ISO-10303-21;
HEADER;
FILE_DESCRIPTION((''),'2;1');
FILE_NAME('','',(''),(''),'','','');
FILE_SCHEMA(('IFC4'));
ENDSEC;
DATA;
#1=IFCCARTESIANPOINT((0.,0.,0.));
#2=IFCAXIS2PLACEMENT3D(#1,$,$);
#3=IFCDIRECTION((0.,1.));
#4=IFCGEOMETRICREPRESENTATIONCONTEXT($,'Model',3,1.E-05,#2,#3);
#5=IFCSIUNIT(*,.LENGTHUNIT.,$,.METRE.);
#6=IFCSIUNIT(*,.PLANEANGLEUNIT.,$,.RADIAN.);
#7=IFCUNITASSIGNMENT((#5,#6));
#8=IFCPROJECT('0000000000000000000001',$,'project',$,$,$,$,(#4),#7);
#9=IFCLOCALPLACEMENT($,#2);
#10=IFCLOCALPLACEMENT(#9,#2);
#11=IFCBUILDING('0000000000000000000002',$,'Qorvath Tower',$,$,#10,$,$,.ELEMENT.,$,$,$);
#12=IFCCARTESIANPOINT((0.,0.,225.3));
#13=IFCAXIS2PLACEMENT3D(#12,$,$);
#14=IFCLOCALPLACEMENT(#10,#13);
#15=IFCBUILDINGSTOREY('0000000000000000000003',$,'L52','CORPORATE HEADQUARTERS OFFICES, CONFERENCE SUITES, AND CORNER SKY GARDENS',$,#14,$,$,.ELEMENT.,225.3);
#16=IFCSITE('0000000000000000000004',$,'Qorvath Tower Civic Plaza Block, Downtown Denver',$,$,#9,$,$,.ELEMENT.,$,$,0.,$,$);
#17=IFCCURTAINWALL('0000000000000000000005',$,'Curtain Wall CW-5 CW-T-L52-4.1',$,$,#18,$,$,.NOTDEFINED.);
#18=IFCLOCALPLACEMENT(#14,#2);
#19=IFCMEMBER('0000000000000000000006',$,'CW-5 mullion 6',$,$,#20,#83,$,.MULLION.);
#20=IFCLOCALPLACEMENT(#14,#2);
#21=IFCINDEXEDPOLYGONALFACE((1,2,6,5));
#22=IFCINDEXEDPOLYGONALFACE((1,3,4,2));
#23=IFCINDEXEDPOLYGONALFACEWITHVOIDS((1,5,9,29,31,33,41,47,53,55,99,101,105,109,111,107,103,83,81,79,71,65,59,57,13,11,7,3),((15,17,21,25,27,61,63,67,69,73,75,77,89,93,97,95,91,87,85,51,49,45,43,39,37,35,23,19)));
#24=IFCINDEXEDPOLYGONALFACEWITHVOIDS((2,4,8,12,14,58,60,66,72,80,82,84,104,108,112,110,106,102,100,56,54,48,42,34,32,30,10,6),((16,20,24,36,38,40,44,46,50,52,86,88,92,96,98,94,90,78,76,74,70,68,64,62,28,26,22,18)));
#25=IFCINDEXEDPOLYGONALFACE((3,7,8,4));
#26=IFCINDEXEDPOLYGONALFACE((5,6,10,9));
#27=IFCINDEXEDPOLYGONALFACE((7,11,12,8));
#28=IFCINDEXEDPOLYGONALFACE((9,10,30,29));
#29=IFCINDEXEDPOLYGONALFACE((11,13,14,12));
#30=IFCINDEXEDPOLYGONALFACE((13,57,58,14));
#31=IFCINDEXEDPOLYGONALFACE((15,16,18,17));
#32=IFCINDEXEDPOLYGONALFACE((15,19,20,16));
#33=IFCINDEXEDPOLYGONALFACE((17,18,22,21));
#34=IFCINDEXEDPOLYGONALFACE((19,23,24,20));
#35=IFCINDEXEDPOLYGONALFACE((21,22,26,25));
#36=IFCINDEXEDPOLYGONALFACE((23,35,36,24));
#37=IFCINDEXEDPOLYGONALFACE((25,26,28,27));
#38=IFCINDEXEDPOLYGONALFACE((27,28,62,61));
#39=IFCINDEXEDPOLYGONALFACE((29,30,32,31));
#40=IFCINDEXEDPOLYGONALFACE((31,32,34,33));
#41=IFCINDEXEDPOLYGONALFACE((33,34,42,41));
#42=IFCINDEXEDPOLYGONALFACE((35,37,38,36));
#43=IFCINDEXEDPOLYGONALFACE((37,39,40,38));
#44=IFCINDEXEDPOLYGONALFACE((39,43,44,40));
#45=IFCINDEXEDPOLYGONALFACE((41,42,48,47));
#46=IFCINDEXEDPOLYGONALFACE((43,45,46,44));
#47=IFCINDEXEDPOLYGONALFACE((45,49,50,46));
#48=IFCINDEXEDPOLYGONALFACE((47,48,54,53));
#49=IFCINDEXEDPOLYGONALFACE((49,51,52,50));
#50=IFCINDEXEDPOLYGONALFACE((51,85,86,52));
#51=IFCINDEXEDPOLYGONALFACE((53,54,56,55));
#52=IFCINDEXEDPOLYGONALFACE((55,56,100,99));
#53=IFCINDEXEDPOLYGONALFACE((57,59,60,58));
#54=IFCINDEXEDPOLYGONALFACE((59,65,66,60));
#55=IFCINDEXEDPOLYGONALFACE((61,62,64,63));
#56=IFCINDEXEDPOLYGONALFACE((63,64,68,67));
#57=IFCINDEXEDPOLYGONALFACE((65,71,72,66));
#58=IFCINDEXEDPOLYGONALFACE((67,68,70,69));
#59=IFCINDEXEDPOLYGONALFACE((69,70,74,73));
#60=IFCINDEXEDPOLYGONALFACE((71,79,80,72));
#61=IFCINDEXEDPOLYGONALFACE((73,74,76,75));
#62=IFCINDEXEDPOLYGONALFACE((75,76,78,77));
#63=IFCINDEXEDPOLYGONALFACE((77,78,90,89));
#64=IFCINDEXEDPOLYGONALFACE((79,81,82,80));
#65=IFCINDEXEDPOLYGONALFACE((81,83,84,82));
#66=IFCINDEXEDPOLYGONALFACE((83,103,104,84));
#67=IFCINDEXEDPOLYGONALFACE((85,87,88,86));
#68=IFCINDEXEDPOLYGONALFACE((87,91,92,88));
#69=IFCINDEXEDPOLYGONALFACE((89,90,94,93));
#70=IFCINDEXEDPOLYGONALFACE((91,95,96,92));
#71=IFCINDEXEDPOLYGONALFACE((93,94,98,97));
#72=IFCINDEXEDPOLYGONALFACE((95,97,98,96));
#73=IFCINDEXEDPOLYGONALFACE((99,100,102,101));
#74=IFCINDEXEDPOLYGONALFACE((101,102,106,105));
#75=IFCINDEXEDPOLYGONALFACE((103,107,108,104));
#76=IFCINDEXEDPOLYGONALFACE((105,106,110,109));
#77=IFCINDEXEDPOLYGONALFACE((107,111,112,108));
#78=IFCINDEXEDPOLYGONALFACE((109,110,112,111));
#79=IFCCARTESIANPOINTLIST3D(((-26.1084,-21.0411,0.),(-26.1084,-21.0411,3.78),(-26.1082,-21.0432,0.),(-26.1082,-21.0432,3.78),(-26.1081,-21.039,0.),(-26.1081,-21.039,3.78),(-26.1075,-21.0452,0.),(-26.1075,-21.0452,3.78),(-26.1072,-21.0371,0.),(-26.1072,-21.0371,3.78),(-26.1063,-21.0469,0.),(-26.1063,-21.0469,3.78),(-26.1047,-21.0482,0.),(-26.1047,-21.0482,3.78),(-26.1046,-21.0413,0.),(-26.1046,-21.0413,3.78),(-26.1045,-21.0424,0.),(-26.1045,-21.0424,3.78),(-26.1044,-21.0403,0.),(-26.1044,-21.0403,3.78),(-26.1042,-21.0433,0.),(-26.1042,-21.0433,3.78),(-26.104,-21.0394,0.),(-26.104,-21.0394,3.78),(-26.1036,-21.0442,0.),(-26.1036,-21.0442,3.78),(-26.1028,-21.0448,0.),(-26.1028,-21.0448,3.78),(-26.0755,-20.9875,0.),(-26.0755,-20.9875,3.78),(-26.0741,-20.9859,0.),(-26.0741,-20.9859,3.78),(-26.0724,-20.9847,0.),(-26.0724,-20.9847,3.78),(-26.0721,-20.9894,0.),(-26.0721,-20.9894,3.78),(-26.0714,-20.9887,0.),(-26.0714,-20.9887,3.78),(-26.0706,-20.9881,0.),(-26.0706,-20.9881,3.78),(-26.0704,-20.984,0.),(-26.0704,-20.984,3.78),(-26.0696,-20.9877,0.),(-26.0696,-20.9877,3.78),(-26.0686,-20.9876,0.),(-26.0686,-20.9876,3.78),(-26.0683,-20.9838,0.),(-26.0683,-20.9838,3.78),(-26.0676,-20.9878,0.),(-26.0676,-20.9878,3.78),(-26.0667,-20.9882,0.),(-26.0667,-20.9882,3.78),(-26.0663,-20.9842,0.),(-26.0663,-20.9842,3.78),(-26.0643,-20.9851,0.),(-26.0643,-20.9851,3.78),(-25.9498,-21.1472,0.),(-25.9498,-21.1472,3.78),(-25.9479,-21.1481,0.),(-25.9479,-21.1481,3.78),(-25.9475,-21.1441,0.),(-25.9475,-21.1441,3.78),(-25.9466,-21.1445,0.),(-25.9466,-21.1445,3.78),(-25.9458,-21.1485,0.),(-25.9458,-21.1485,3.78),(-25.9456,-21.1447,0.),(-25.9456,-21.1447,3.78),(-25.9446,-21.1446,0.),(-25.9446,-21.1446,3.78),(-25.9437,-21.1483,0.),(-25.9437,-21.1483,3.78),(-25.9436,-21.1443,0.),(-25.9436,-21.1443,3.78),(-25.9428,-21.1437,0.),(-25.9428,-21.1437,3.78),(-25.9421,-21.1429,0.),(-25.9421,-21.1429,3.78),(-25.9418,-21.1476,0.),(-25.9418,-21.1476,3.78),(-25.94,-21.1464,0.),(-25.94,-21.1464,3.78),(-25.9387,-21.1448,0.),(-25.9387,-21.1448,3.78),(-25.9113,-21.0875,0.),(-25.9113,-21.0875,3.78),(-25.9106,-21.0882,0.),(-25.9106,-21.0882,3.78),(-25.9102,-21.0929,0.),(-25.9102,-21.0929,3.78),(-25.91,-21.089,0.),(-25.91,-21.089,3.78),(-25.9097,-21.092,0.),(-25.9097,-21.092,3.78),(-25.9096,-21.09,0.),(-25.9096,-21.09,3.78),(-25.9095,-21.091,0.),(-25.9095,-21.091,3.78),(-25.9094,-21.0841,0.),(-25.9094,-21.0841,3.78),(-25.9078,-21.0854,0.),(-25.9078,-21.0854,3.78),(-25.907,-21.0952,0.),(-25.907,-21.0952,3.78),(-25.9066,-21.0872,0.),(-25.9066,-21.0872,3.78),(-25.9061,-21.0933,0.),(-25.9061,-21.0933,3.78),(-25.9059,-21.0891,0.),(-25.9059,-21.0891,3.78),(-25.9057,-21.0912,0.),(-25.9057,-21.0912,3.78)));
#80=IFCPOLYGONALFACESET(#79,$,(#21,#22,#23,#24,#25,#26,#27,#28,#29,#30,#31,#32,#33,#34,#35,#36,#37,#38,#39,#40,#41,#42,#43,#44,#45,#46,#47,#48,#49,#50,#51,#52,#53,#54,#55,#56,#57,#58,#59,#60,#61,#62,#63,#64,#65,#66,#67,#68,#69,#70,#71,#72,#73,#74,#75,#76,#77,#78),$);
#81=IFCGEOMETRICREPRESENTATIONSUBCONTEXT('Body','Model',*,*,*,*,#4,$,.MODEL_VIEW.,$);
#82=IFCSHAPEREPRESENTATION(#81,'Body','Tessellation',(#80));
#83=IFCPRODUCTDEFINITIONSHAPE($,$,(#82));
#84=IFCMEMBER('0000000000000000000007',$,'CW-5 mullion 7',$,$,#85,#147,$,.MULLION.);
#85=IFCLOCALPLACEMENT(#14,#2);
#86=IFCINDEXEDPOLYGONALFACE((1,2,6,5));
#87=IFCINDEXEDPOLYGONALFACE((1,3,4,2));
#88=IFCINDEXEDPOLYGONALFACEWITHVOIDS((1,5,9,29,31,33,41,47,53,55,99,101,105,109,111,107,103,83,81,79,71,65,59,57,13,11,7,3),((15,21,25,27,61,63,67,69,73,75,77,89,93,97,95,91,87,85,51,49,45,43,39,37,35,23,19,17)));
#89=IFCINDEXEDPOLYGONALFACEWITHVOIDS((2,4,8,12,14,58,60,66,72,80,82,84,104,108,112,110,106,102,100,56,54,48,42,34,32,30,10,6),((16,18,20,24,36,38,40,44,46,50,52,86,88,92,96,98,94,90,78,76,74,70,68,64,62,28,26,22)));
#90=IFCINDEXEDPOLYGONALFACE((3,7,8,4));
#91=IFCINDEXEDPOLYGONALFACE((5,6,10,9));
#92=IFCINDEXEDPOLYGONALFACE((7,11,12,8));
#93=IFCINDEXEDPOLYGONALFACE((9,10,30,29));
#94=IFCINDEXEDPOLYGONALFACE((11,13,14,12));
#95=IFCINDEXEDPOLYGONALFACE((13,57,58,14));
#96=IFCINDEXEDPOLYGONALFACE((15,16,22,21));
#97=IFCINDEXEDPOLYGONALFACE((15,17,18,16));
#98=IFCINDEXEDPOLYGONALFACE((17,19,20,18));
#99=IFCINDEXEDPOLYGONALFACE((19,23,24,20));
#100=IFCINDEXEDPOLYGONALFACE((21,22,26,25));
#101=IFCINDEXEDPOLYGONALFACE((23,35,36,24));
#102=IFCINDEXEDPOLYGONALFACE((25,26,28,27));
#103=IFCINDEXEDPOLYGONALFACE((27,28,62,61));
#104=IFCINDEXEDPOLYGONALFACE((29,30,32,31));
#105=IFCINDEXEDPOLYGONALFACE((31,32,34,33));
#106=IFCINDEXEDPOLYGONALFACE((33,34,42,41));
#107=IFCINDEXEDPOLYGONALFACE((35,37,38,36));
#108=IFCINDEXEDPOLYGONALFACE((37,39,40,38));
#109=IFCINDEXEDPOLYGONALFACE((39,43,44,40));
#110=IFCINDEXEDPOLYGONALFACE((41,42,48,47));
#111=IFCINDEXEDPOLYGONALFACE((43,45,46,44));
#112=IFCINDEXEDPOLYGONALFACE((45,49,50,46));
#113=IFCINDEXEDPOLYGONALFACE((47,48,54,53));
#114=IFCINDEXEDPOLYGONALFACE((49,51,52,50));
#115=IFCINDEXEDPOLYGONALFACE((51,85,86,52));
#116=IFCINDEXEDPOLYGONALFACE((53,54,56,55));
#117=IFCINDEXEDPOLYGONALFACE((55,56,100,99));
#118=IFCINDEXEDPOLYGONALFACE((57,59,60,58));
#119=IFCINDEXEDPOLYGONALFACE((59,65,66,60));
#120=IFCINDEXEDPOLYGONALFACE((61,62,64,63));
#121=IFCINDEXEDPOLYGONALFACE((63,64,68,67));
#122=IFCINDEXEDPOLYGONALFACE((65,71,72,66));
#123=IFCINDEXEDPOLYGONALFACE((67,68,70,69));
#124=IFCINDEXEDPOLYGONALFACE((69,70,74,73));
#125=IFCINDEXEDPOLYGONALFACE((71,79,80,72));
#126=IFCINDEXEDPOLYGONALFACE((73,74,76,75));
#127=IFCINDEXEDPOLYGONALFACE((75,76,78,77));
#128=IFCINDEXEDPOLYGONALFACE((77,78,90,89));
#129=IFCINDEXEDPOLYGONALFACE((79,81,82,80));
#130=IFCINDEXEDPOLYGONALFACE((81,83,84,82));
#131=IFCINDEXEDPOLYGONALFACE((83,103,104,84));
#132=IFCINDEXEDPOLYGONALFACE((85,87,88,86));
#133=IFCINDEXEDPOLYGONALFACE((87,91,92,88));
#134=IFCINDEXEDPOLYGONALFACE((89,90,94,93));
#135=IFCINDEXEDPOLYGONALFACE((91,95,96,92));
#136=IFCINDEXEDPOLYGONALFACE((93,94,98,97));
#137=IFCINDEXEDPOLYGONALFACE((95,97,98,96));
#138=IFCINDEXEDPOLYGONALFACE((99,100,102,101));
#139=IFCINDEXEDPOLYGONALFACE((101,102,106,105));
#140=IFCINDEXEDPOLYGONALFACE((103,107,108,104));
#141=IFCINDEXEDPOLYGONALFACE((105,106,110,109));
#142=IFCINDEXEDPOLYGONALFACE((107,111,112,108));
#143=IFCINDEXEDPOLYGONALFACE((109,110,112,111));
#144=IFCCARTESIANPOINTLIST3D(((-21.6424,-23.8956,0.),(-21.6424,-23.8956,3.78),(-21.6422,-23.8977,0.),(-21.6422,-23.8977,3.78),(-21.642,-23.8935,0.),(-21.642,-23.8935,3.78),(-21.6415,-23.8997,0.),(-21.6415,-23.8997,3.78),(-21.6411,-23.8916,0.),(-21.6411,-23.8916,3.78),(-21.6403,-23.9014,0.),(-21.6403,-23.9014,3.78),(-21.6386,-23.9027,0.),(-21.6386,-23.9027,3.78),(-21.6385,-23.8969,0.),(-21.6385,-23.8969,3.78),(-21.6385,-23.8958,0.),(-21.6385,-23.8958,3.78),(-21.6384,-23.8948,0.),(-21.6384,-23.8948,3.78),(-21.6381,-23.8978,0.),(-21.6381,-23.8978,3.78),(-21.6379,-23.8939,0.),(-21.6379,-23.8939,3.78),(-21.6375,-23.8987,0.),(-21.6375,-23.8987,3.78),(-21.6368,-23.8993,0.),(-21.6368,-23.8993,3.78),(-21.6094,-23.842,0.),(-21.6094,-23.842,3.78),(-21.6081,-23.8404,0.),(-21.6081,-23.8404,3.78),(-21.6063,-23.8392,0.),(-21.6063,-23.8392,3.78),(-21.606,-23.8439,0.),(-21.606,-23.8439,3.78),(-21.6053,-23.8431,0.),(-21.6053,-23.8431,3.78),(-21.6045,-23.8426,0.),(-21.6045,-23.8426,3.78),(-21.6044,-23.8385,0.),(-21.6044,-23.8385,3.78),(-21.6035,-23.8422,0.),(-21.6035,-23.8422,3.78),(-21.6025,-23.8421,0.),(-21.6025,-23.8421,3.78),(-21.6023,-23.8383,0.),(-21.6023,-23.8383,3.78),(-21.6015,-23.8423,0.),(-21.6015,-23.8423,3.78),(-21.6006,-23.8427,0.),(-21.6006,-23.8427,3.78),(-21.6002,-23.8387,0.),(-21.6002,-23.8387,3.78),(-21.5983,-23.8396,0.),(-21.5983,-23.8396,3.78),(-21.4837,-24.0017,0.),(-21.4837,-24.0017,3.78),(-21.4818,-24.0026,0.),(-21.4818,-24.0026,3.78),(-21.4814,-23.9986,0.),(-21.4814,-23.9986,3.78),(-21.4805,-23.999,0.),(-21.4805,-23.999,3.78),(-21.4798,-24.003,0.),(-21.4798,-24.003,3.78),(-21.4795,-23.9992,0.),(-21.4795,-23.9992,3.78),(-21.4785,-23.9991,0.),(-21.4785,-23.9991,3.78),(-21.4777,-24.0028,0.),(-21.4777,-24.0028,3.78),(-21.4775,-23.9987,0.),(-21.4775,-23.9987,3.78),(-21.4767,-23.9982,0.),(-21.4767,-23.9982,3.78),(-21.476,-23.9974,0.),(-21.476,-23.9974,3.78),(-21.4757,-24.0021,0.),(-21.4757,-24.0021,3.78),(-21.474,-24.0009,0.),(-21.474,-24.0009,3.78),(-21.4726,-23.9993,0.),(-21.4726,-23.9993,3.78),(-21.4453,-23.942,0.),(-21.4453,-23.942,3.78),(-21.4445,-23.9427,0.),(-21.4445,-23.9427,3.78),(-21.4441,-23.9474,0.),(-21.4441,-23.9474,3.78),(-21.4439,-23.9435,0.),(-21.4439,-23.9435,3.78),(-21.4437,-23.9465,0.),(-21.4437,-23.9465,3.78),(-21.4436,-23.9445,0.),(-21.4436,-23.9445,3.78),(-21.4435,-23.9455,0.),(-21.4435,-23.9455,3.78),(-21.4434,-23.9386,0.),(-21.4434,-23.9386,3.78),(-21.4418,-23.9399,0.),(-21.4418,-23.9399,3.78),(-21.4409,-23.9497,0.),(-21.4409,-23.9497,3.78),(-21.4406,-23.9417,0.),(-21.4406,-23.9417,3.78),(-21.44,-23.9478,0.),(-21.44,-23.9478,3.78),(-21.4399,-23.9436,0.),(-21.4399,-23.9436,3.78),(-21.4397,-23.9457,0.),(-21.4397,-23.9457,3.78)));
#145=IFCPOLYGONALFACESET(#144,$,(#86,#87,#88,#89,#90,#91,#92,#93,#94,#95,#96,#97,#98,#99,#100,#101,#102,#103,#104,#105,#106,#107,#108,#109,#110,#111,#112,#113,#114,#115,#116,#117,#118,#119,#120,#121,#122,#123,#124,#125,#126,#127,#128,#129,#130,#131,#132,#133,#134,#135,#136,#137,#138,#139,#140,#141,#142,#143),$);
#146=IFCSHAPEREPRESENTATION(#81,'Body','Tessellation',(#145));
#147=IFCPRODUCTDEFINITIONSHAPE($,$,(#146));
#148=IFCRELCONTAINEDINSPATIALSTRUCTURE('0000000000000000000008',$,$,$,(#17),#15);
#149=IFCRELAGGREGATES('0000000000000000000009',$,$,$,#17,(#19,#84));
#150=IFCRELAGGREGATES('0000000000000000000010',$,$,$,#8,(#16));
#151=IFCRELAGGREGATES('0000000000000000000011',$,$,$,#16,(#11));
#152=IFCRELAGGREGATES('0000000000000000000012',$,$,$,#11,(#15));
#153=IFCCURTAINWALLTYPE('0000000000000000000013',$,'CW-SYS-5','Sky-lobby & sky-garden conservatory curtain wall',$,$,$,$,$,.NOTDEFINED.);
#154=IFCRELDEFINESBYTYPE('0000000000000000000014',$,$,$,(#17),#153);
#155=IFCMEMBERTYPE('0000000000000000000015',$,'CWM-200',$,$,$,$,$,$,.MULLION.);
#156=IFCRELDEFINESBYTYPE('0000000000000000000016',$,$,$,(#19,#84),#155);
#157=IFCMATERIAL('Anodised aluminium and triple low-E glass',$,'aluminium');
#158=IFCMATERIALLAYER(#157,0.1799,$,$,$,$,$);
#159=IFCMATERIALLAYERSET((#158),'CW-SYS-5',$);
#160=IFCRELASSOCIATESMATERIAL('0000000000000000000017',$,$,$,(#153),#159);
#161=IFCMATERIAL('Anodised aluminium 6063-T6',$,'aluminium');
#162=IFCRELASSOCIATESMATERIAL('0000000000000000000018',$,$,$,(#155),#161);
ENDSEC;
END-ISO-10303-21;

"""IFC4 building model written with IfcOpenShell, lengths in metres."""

from ifc_helpers import new_model, si_unit, direction, frame, origin, origin_2d, place, context, subcontext, project, spatial, hollow_rectangle, extrude, material, layer, layer_set, material_profile, profile_set, type_object, element, aggregate, save


model = new_model("IFC4")

# Units and contexts
model_context = context("Model", 3, precision=1e-05, world=origin(), true_north=direction((0.0, 1.0)))
body_context = subcontext(model_context, "Body", "Model", "MODEL_VIEW")
ifc_project = project(units=[si_unit("LENGTHUNIT", "METRE"), si_unit("PLANEANGLEUNIT", "RADIAN")], contexts=[model_context])

# Site, building, storey
site_placement = place(None, origin())
site = spatial("IfcSite", under=ifc_project, at=site_placement, Name="Qorvath Tower Civic Plaza Block, Downtown Denver", CompositionType="ELEMENT", RefElevation=0.0)
building_placement = place(site_placement, origin())
building = spatial("IfcBuilding", under=site, at=building_placement, Name="Qorvath Tower", CompositionType="ELEMENT")
storey_placement = place(building_placement, frame((0.0, 0.0, 225.3)))
storey = spatial("IfcBuildingStorey", under=building, at=storey_placement, Name="L52", Description="CORPORATE HEADQUARTERS OFFICES, CONFERENCE SUITES, AND CORNER SKY GARDENS", CompositionType="ELEMENT", Elevation=225.3)

# Curtain wall, members
ifc_material_1 = material(Name="Anodised aluminium and triple low-E glass", Category="aluminium")
ifc_layer_1 = layer(ifc_material_1, 0.1799)
ifc_layer_set_1 = layer_set([ifc_layer_1], Name="CW-SYS-5")
curtain_wall_type = type_object("IfcCurtainWallType", Name="CW-SYS-5", Description="Sky-lobby & sky-garden conservatory curtain wall", PredefinedType="NOTDEFINED", material=ifc_layer_set_1)
curtain_wall_placement = place(storey_placement, origin())
curtain_wall = element("IfcCurtainWall", 1, at=curtain_wall_placement, inside=storey, type_object=curtain_wall_type, Name="Curtain Wall CW-5 CW-T-L52-4.1", PredefinedType="NOTDEFINED")
ifc_material_2 = material(Name="Anodised aluminium 6063-T6", Category="aluminium")
ifc_material_profile_1 = material_profile(ifc_material_2, hollow_rectangle(XDim=0.075, YDim=0.2, WallThickness=0.0039, InnerFilletRadius=0.0039, OuterFilletRadius=0.0081, at=origin_2d()), Name="CWM 200x75")
ifc_profile_set_1 = profile_set([ifc_material_profile_1], Name="Anodised aluminium 6063-T6")
member_type_1 = type_object("IfcMemberType", Name="CWM-200", PredefinedType="MULLION", material=ifc_profile_set_1)
member_1_placement = place(storey_placement, frame((-26.0071, -21.0662, 0.0), z_axis=(0.0, 0.0, 1.0), x_axis=(0.538529, 0.842607, 0.0)))
member_1 = element("IfcMember", 2, at=member_1_placement, type_object=member_type_1, Name="CW-5 mullion 6", PredefinedType="MULLION", context=body_context, shape_type="SweptSolid", body=[
    extrude(hollow_rectangle(XDim=0.075, YDim=0.2, WallThickness=0.0039, InnerFilletRadius=0.0039, OuterFilletRadius=0.0081, at=origin_2d()), origin(), (0.0, 0.0, 1.0), 3.78),
])
member_2_placement = place(storey_placement, frame((-21.541, -23.9207, 0.0), z_axis=(0.0, 0.0, 1.0), x_axis=(0.538529, 0.842607, 0.0)))
member_2 = element("IfcMember", 3, at=member_2_placement, type_object=member_type_1, Name="CW-5 mullion 7", PredefinedType="MULLION", context=body_context, shape_type="SweptSolid", body=[
    extrude(hollow_rectangle(XDim=0.075, YDim=0.2, WallThickness=0.0039, InnerFilletRadius=0.0039, OuterFilletRadius=0.0081, at=origin_2d()), origin(), (0.0, 0.0, 1.0), 3.78),
])
aggregate(curtain_wall, [member_1, member_2])

save(model, "model.ifc")
